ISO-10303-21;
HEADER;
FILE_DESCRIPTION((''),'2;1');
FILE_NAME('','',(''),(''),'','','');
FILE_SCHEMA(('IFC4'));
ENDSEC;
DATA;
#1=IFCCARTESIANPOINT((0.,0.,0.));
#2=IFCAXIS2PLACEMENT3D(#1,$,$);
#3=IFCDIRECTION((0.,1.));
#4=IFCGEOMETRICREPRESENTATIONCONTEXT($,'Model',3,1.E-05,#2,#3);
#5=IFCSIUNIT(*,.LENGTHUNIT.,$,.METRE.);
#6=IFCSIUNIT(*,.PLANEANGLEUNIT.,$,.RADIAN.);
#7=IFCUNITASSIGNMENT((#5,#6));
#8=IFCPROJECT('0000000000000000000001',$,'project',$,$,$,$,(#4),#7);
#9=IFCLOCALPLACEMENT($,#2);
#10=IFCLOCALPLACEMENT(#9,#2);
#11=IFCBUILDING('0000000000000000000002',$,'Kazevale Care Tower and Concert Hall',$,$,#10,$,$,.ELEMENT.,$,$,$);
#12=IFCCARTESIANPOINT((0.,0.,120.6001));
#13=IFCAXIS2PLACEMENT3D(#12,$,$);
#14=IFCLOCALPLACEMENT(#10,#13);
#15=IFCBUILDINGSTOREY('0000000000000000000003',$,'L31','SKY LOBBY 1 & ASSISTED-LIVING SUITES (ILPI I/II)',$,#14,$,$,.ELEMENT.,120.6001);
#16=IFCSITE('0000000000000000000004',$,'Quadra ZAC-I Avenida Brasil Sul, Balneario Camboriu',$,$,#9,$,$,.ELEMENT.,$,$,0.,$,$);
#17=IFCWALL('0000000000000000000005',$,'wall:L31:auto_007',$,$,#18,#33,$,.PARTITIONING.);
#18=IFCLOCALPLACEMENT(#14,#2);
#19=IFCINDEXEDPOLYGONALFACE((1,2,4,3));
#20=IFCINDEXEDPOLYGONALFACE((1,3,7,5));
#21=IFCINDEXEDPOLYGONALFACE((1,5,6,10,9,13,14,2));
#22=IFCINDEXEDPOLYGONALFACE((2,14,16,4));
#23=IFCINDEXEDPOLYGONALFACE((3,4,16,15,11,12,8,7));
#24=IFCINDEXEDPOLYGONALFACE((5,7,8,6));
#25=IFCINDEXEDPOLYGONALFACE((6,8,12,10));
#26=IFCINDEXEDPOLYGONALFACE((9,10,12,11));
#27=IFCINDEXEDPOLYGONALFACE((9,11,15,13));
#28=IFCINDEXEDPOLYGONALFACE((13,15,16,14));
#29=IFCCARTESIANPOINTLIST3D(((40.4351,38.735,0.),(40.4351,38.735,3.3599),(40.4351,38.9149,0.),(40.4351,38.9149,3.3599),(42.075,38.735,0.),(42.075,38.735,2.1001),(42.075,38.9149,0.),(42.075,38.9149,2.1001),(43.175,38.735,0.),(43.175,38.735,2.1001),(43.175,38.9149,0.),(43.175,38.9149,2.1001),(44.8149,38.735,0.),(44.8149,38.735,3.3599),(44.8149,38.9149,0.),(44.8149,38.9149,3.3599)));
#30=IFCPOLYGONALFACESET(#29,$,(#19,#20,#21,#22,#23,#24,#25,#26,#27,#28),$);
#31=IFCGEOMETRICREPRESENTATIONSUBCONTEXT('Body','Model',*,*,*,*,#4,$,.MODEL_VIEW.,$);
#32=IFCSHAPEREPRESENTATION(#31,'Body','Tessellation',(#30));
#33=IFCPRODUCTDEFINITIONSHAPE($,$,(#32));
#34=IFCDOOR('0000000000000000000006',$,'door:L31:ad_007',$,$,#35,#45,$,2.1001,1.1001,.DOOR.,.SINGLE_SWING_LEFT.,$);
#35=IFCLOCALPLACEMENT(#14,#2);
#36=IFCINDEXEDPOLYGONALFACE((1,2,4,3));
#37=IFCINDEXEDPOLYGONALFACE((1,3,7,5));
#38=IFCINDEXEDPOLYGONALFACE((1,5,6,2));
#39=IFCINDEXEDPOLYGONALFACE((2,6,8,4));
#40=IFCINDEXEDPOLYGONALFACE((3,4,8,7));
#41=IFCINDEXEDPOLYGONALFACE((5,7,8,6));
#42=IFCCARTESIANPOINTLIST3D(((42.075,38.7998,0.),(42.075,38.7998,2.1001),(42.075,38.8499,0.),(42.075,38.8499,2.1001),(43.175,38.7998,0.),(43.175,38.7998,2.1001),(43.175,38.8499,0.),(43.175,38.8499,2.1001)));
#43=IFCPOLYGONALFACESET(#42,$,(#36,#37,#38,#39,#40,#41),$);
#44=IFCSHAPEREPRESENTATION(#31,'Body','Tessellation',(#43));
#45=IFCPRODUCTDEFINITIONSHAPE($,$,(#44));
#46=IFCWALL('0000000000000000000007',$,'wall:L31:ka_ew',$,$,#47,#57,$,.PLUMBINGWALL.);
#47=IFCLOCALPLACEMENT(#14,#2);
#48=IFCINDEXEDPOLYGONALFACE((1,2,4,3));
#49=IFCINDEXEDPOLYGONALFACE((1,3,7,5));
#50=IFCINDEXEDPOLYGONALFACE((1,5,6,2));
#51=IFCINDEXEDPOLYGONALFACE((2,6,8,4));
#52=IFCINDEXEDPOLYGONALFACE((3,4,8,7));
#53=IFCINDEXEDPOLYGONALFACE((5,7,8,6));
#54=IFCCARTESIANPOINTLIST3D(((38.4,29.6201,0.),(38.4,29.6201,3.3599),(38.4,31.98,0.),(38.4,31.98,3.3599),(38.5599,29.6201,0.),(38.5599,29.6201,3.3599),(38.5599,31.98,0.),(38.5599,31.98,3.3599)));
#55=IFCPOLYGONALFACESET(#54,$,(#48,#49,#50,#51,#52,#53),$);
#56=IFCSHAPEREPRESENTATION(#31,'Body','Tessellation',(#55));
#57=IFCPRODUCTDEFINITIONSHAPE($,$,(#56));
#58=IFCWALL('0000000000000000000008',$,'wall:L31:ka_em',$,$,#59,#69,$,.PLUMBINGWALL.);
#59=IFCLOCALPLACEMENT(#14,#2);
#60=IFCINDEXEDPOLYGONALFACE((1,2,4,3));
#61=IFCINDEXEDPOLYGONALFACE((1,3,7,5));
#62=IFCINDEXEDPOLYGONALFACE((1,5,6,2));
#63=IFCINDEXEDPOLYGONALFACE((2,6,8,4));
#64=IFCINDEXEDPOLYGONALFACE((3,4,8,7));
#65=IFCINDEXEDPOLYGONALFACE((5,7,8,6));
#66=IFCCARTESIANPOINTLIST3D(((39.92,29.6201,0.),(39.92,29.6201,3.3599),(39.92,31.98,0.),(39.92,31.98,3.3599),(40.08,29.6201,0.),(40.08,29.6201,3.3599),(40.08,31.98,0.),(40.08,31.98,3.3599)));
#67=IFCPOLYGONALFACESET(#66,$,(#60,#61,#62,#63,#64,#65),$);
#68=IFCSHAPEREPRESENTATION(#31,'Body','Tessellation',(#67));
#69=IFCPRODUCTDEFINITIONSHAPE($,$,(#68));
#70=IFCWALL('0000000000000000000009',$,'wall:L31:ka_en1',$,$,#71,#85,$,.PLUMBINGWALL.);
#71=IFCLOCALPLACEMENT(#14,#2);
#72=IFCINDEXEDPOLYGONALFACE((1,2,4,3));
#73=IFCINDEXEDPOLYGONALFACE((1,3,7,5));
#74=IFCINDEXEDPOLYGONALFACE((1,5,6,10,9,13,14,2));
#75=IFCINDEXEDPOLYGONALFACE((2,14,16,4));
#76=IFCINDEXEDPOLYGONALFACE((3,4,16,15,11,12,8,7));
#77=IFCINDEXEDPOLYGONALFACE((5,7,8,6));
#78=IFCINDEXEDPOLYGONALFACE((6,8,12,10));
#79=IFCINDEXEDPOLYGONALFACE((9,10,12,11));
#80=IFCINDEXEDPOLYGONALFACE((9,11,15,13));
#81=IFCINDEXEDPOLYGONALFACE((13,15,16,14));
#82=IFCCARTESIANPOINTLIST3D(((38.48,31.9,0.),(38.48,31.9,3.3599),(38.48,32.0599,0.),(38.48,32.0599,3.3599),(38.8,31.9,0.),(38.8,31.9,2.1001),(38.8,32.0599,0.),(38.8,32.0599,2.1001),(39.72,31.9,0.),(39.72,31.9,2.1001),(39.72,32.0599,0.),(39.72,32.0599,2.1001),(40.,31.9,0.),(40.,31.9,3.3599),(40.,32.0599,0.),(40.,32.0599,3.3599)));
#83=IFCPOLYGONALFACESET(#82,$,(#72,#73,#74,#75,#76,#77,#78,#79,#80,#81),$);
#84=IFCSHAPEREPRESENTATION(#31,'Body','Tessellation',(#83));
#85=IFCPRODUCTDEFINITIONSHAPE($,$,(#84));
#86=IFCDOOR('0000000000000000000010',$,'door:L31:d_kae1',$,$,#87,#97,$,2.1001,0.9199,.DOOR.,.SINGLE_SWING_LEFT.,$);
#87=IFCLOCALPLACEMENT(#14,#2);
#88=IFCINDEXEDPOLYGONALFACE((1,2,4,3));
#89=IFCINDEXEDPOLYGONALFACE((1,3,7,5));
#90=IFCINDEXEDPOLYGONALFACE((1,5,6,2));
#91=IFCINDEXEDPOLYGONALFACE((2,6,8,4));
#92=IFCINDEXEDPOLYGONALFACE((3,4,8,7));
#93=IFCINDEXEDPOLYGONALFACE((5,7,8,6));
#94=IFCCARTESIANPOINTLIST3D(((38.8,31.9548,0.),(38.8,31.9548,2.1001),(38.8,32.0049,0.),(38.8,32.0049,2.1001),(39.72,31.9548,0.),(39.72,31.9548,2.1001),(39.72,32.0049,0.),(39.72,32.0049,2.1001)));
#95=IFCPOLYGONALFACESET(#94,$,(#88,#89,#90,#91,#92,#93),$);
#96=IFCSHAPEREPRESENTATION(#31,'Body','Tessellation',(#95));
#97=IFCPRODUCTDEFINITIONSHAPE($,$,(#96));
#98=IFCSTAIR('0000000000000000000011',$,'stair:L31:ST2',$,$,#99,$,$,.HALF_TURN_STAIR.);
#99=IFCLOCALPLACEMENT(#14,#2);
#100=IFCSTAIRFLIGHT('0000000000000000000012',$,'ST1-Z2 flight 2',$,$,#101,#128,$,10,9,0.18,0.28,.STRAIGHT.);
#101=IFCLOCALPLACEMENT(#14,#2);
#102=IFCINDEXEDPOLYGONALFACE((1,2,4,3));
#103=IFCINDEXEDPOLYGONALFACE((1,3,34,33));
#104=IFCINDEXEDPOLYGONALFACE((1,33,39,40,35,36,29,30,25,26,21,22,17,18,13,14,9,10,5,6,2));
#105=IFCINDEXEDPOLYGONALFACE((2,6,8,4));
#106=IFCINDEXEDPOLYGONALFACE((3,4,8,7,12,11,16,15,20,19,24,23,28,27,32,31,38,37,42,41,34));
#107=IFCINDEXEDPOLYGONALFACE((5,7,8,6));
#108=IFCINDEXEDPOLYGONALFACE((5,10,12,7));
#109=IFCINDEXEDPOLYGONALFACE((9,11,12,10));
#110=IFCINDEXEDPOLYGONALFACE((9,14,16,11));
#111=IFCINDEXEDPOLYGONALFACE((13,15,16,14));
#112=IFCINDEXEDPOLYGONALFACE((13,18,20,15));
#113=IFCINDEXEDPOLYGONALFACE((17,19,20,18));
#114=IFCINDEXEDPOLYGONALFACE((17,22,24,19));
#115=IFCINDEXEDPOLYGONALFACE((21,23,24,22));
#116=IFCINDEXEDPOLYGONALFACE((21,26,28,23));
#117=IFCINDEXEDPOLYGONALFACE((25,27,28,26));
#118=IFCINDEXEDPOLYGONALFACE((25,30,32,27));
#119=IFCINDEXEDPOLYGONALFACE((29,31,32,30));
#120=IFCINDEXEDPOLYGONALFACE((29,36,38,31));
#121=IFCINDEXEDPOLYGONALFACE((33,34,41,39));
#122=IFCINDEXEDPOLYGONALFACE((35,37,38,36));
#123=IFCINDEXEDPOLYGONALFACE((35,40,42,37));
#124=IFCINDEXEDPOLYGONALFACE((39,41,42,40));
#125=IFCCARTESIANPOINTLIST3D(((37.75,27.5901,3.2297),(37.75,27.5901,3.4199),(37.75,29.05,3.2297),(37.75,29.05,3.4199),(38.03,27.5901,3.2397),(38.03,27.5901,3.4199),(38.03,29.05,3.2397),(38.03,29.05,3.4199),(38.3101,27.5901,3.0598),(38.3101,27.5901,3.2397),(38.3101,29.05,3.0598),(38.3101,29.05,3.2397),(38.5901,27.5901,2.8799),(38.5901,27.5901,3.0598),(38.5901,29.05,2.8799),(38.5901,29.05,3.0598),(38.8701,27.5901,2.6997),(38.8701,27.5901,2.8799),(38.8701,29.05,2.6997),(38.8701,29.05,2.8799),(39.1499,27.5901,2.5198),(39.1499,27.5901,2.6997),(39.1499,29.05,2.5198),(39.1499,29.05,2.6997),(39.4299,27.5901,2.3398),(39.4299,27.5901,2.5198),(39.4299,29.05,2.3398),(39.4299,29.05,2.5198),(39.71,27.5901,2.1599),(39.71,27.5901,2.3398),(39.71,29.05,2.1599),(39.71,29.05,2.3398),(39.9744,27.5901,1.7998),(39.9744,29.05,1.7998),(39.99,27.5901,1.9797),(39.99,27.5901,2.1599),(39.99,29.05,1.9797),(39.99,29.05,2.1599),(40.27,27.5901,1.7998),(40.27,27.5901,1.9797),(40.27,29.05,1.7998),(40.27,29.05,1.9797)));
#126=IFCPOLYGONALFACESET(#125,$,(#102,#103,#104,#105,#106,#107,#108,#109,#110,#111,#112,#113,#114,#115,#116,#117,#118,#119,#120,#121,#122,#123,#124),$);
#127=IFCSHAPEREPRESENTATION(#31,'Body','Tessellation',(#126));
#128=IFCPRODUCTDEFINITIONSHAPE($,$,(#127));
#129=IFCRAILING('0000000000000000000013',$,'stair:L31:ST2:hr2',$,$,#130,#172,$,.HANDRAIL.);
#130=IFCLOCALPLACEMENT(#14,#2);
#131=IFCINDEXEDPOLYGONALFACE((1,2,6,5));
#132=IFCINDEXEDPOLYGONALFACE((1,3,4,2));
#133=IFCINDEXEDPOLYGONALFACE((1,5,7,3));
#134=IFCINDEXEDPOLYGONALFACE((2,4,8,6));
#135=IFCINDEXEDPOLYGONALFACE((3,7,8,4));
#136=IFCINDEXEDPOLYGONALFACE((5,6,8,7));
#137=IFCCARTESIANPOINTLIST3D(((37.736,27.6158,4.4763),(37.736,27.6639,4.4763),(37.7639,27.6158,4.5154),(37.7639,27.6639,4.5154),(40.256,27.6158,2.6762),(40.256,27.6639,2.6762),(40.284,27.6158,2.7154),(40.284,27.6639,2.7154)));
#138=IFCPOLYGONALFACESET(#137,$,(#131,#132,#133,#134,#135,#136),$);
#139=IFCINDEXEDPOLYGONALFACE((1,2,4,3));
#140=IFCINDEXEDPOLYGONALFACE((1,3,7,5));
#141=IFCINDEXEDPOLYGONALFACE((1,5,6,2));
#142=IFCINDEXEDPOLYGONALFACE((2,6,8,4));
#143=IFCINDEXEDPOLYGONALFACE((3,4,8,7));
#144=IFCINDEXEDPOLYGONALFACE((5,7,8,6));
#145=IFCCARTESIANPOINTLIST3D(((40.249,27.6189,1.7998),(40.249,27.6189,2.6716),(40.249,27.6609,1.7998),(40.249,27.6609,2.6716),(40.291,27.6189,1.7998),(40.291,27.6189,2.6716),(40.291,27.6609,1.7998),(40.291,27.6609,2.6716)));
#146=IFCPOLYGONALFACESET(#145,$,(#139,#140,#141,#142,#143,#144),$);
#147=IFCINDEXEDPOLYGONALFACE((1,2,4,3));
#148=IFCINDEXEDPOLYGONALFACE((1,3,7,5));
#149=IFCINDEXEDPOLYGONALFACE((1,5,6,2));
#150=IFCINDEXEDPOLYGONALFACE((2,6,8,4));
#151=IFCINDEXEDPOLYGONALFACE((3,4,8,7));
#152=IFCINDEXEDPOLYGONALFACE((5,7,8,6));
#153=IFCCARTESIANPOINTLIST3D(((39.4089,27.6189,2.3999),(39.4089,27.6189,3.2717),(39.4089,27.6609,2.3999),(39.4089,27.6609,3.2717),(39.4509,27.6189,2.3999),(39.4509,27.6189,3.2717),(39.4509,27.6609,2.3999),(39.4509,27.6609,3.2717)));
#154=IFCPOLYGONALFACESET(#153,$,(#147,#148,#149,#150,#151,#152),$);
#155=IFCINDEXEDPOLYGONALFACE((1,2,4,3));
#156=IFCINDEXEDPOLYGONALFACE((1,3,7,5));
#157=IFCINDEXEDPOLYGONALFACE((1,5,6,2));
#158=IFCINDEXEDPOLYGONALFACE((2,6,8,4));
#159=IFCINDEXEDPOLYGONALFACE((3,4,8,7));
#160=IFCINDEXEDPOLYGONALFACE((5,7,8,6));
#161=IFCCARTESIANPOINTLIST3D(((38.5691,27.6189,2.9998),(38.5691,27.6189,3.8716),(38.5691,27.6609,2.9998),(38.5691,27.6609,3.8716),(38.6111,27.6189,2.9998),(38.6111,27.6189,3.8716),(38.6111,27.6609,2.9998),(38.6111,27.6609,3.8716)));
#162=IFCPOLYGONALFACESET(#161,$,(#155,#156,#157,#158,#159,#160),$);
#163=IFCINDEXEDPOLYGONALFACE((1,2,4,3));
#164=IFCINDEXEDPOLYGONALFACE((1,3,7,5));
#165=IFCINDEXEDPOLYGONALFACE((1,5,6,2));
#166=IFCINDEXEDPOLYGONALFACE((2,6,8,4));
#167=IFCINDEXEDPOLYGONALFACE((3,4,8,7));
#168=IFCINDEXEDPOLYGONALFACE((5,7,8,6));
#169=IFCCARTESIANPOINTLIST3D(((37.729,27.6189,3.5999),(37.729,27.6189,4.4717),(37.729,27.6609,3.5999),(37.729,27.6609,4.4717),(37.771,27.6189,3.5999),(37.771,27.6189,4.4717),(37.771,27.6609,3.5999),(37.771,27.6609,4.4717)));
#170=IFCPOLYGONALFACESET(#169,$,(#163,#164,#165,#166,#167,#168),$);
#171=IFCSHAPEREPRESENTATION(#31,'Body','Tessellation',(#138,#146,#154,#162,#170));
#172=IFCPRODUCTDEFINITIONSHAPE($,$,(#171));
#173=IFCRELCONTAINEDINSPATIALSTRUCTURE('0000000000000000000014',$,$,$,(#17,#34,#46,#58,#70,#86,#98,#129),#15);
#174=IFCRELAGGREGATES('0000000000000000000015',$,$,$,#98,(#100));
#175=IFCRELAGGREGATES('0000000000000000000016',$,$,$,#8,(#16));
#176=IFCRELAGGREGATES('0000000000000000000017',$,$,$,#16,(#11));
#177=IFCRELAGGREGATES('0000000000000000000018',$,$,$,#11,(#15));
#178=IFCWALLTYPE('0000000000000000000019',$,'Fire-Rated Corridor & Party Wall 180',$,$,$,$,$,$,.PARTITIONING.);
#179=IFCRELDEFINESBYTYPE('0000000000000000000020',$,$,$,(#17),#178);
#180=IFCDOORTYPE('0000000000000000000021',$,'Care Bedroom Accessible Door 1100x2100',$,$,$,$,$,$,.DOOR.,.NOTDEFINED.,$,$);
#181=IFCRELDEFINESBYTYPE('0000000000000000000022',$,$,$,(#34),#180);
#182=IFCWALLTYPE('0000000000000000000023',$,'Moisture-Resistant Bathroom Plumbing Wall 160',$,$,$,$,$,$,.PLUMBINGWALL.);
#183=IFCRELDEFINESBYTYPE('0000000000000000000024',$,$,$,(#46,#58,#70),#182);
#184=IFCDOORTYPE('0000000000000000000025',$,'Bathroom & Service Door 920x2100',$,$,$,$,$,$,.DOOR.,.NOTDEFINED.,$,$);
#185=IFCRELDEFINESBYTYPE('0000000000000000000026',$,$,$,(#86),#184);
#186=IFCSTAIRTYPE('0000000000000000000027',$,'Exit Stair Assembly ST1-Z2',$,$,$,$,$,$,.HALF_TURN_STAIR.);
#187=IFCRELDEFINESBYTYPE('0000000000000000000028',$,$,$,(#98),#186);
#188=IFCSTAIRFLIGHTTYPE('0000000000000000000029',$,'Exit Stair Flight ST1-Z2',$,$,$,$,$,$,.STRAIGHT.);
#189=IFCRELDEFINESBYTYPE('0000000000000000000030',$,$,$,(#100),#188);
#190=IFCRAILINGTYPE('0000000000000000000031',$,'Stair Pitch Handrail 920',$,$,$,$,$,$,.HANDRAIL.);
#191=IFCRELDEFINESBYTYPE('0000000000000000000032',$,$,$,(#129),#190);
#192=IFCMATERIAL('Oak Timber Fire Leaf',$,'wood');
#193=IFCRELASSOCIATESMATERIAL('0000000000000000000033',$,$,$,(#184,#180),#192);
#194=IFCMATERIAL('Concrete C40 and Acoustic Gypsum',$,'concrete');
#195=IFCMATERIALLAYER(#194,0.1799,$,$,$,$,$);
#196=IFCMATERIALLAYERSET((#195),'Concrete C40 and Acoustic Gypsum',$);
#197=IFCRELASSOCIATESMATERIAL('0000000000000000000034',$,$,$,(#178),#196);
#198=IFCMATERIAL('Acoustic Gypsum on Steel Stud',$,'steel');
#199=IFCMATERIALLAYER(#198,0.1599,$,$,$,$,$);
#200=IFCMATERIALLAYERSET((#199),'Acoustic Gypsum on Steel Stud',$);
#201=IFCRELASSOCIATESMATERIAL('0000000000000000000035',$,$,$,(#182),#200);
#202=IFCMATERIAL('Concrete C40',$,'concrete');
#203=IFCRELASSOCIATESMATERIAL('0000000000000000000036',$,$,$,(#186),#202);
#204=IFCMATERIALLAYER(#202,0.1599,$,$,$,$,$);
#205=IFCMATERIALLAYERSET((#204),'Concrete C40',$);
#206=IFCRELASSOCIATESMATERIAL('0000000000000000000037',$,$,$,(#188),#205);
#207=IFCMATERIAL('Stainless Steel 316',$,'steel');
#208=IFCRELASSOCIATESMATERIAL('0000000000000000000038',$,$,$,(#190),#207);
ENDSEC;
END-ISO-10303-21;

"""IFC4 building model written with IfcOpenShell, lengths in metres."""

from ifc_helpers import new_model, si_unit, direction, frame, frame_2d, origin, origin_2d, place, context, subcontext, project, spatial, polyline, rectangle, outline, extrude, material, layer, layer_set, type_object, element, fill, aggregate, save


model = new_model("IFC4")

# Units and contexts
model_context = context("Model", 3, precision=1e-05, world=origin(), true_north=direction((0.0, 1.0)))
body_context = subcontext(model_context, "Body", "Model", "MODEL_VIEW")
ifc_project = project(units=[si_unit("LENGTHUNIT", "METRE"), si_unit("PLANEANGLEUNIT", "RADIAN")], contexts=[model_context])

# Site, building, storey
site_placement = place(None, origin())
site = spatial("IfcSite", under=ifc_project, at=site_placement, Name="Quadra ZAC-I Avenida Brasil Sul, Balneario Camboriu", CompositionType="ELEMENT", RefElevation=0.0)
building_placement = place(site_placement, origin())
building = spatial("IfcBuilding", under=site, at=building_placement, Name="Kazevale Care Tower and Concert Hall", CompositionType="ELEMENT")
storey_placement = place(building_placement, frame((0.0, 0.0, 120.6001)))
storey = spatial("IfcBuildingStorey", under=building, at=storey_placement, Name="L31", Description="SKY LOBBY 1 & ASSISTED-LIVING SUITES (ILPI I/II)", CompositionType="ELEMENT", Elevation=120.6001)

# Shared definitions
ifc_material_1 = material(Name="Acoustic Gypsum on Steel Stud", Category="steel")

# Shared definitions
ifc_material_2 = material(Name="Oak Timber Fire Leaf", Category="wood")
door_type_1 = type_object("IfcDoorType", Name="Bathroom & Service Door 920x2100", OperationType="NOTDEFINED", PredefinedType="DOOR", material=ifc_material_2)

# Shared definitions
ifc_material_3 = material(Name="Concrete C40", Category="concrete")

# Wall, opening, door
ifc_material_4 = material(Name="Concrete C40 and Acoustic Gypsum", Category="concrete")
ifc_layer_1 = layer(ifc_material_4, 0.1799)
ifc_layer_set_1 = layer_set([ifc_layer_1], Name="Concrete C40 and Acoustic Gypsum")
wall_type_1 = type_object("IfcWallType", Name="Fire-Rated Corridor & Party Wall 180", PredefinedType="PARTITIONING", material=ifc_layer_set_1)
wall_1_placement = place(storey_placement, frame((40.4351, 38.825, 0.0), z_axis=(0.0, 0.0, 1.0), x_axis=(1.0, 0.0, 0.0)))
wall_1 = element("IfcWall", 1, at=wall_1_placement, inside=storey, type_object=wall_type_1, Name="wall:L31:auto_007", PredefinedType="PARTITIONING", context=body_context, shape_type="SweptSolid", body=[
    extrude(rectangle(XDim=4.3799, YDim=0.1799, at=frame_2d((2.1899, 0.0))), origin(), (0.0, 0.0, 1.0), 3.3599),
])
opening_1_placement = place(wall_1_placement, frame((1.6399, 0.0, 0.0)))
opening_1 = element("IfcOpeningElement", 2, at=opening_1_placement, cuts=wall_1, PredefinedType="OPENING", context=body_context, shape_type="SweptSolid", body=[
    extrude(rectangle(XDim=1.1001, YDim=2.1001, at=frame_2d((0.55, 1.05))), frame((0.0, 0.0999, 0.0), z_axis=(0.0, -1.0, 0.0), x_axis=(1.0, 0.0, 0.0)), (0.0, 0.0, 1.0), 0.2),
])
door_type_2 = type_object("IfcDoorType", Name="Care Bedroom Accessible Door 1100x2100", OperationType="NOTDEFINED", PredefinedType="DOOR", material=ifc_material_2)
door_1_placement = place(opening_1_placement, origin())
door_1 = element("IfcDoor", 3, at=door_1_placement, inside=storey, type_object=door_type_2, Name="door:L31:ad_007", OperationType="SINGLE_SWING_LEFT", OverallHeight=2.1001, OverallWidth=1.1001, PredefinedType="DOOR", context=body_context, shape_type="SweptSolid", body=[
    extrude(rectangle(XDim=1.1001, YDim=2.1001, at=frame_2d((0.55, 1.05))), frame((0.0, 0.0249, 0.0), z_axis=(0.0, -1.0, 0.0), x_axis=(1.0, 0.0, 0.0)), (0.0, 0.0, 1.0), 0.05),
])
fill(opening_1, door_1)

# Walls
ifc_layer_2 = layer(ifc_material_1, 0.1599)
ifc_layer_set_2 = layer_set([ifc_layer_2], Name="Acoustic Gypsum on Steel Stud")
wall_type_2 = type_object("IfcWallType", Name="Moisture-Resistant Bathroom Plumbing Wall 160", PredefinedType="PLUMBINGWALL", material=ifc_layer_set_2)
for number, where, z_axis, x_axis, name in (
    (4, (38.48, 29.6201, 0.0), (0.0, 0.0, 1.0), (0.0, 1.0, 0.0), "wall:L31:ka_ew"),
    (5, (40.0, 29.6201, 0.0), (0.0, 0.0, 1.0), (0.0, 1.0, 0.0), "wall:L31:ka_em"),
):
    element("IfcWall", number, at=place(storey_placement, frame(where, z_axis=z_axis, x_axis=x_axis)), inside=storey, type_object=wall_type_2, Name=name, PredefinedType="PLUMBINGWALL", context=body_context, shape_type="SweptSolid", body=[
        extrude(rectangle(XDim=2.3599, YDim=0.1599, at=frame_2d((1.1799, 0.0))), origin(), (0.0, 0.0, 1.0), 3.3599),
    ])

# Wall, opening, door
wall_2_placement = place(storey_placement, frame((38.48, 31.98, 0.0), z_axis=(0.0, 0.0, 1.0), x_axis=(1.0, 0.0, 0.0)))
wall_2 = element("IfcWall", 6, at=wall_2_placement, inside=storey, type_object=wall_type_2, Name="wall:L31:ka_en1", PredefinedType="PLUMBINGWALL", context=body_context, shape_type="SweptSolid", body=[
    extrude(rectangle(XDim=1.52, YDim=0.1599, at=frame_2d((0.76, 0.0))), origin(), (0.0, 0.0, 1.0), 3.3599),
])
opening_2_placement = place(wall_2_placement, frame((0.3201, 0.0, 0.0)))
opening_2 = element("IfcOpeningElement", 7, at=opening_2_placement, cuts=wall_2, PredefinedType="OPENING", context=body_context, shape_type="SweptSolid", body=[
    extrude(rectangle(XDim=0.9199, YDim=2.1001, at=frame_2d((0.46, 1.05))), frame((0.0, 0.0898, 0.0), z_axis=(0.0, -1.0, 0.0), x_axis=(1.0, 0.0, 0.0)), (0.0, 0.0, 1.0), 0.1799),
])
door_2_placement = place(opening_2_placement, origin())
door_2 = element("IfcDoor", 8, at=door_2_placement, inside=storey, type_object=door_type_1, Name="door:L31:d_kae1", OperationType="SINGLE_SWING_LEFT", OverallHeight=2.1001, OverallWidth=0.9199, PredefinedType="DOOR", context=body_context, shape_type="SweptSolid", body=[
    extrude(rectangle(XDim=0.9199, YDim=2.1001, at=frame_2d((0.46, 1.05))), frame((0.0, 0.0249, 0.0), z_axis=(0.0, -1.0, 0.0), x_axis=(1.0, 0.0, 0.0)), (0.0, 0.0, 1.0), 0.05),
])
fill(opening_2, door_2)

# Stair, stair flight
stair_type = type_object("IfcStairType", Name="Exit Stair Assembly ST1-Z2", PredefinedType="HALF_TURN_STAIR", material=ifc_material_3)
stair_placement = place(storey_placement, origin())
stair = element("IfcStair", 9, at=stair_placement, inside=storey, type_object=stair_type, Name="stair:L31:ST2", PredefinedType="HALF_TURN_STAIR")
ifc_layer_3 = layer(ifc_material_3, 0.1599)
ifc_layer_set_3 = layer_set([ifc_layer_3], Name="Concrete C40")
stair_flight_type = type_object("IfcStairFlightType", Name="Exit Stair Flight ST1-Z2", PredefinedType="STRAIGHT", material=ifc_layer_set_3)
stair_flight_placement = place(storey_placement, frame((40.27, 28.3201, 1.7998), z_axis=(0.0, 0.0, 1.0), x_axis=(-1.0, 0.0, 0.0)))
stair_flight = element("IfcStairFlight", 10, at=stair_flight_placement, type_object=stair_flight_type, Name="ST1-Z2 flight 2", NumberOfRisers=10, NumberOfTreads=9, PredefinedType="STRAIGHT", RiserHeight=0.18, TreadLength=0.28, context=body_context, shape_type="SweptSolid", body=[
    extrude(outline(polyline([(0.0, 0.0), (0.0, 0.1799), (0.28, 0.1799), (0.28, 0.3601), (0.5601, 0.3601), (0.5601, 0.54), (0.8401, 0.54), (0.8401, 0.72), (1.1201, 0.72), (1.1201, 0.8999), (1.3999, 0.8999), (1.3999, 1.0801), (1.6799, 1.0801), (1.6799, 1.26), (1.96, 1.26), (1.96, 1.4399), (2.24, 1.4399), (2.24, 1.6201), (2.52, 1.6201), (2.52, 1.8), (2.52, 1.4299), (0.2957, 0.0), (0.0, 0.0)])), frame((0.0, 0.73, 0.0), z_axis=(0.0, -1.0, 0.0), x_axis=(1.0, 0.0, 0.0)), (0.0, 0.0, 1.0), 1.46),
])
aggregate(stair, [stair_flight])

# Railing
ifc_material_5 = material(Name="Stainless Steel 316", Category="steel")
railing_type_1 = type_object("IfcRailingType", Name="Stair Pitch Handrail 920", PredefinedType="HANDRAIL", material=ifc_material_5)
railing_1_placement = place(storey_placement, frame((40.27, 27.6399, 1.7998)))
element("IfcRailing", 11, at=railing_1_placement, inside=storey, type_object=railing_type_1, Name="stair:L31:ST2:hr2", PredefinedType="HANDRAIL", context=body_context, shape_type="SweptSolid", body=[
    extrude(rectangle(XDim=0.0481, YDim=0.0481, at=origin_2d()), frame((0.0, 0.0, 0.896), z_axis=(-0.813728, 0.0, 0.581246), x_axis=(0.0, -1.0, 0.0)), (0.0, 0.0, 1.0), 3.0969),
    extrude(rectangle(XDim=0.042, YDim=0.042, at=origin_2d()), origin(), (0.0, 0.0, 1.0), 0.8718),
    extrude(rectangle(XDim=0.042, YDim=0.042, at=origin_2d()), frame((-0.8401, 0.0, 0.6001)), (0.0, 0.0, 1.0), 0.8718),
    extrude(rectangle(XDim=0.042, YDim=0.042, at=origin_2d()), frame((-1.6799, 0.0, 1.2)), (0.0, 0.0, 1.0), 0.8718),
    extrude(rectangle(XDim=0.042, YDim=0.042, at=origin_2d()), frame((-2.52, 0.0, 1.8)), (0.0, 0.0, 1.0), 0.8718),
])

save(model, "model.ifc")
